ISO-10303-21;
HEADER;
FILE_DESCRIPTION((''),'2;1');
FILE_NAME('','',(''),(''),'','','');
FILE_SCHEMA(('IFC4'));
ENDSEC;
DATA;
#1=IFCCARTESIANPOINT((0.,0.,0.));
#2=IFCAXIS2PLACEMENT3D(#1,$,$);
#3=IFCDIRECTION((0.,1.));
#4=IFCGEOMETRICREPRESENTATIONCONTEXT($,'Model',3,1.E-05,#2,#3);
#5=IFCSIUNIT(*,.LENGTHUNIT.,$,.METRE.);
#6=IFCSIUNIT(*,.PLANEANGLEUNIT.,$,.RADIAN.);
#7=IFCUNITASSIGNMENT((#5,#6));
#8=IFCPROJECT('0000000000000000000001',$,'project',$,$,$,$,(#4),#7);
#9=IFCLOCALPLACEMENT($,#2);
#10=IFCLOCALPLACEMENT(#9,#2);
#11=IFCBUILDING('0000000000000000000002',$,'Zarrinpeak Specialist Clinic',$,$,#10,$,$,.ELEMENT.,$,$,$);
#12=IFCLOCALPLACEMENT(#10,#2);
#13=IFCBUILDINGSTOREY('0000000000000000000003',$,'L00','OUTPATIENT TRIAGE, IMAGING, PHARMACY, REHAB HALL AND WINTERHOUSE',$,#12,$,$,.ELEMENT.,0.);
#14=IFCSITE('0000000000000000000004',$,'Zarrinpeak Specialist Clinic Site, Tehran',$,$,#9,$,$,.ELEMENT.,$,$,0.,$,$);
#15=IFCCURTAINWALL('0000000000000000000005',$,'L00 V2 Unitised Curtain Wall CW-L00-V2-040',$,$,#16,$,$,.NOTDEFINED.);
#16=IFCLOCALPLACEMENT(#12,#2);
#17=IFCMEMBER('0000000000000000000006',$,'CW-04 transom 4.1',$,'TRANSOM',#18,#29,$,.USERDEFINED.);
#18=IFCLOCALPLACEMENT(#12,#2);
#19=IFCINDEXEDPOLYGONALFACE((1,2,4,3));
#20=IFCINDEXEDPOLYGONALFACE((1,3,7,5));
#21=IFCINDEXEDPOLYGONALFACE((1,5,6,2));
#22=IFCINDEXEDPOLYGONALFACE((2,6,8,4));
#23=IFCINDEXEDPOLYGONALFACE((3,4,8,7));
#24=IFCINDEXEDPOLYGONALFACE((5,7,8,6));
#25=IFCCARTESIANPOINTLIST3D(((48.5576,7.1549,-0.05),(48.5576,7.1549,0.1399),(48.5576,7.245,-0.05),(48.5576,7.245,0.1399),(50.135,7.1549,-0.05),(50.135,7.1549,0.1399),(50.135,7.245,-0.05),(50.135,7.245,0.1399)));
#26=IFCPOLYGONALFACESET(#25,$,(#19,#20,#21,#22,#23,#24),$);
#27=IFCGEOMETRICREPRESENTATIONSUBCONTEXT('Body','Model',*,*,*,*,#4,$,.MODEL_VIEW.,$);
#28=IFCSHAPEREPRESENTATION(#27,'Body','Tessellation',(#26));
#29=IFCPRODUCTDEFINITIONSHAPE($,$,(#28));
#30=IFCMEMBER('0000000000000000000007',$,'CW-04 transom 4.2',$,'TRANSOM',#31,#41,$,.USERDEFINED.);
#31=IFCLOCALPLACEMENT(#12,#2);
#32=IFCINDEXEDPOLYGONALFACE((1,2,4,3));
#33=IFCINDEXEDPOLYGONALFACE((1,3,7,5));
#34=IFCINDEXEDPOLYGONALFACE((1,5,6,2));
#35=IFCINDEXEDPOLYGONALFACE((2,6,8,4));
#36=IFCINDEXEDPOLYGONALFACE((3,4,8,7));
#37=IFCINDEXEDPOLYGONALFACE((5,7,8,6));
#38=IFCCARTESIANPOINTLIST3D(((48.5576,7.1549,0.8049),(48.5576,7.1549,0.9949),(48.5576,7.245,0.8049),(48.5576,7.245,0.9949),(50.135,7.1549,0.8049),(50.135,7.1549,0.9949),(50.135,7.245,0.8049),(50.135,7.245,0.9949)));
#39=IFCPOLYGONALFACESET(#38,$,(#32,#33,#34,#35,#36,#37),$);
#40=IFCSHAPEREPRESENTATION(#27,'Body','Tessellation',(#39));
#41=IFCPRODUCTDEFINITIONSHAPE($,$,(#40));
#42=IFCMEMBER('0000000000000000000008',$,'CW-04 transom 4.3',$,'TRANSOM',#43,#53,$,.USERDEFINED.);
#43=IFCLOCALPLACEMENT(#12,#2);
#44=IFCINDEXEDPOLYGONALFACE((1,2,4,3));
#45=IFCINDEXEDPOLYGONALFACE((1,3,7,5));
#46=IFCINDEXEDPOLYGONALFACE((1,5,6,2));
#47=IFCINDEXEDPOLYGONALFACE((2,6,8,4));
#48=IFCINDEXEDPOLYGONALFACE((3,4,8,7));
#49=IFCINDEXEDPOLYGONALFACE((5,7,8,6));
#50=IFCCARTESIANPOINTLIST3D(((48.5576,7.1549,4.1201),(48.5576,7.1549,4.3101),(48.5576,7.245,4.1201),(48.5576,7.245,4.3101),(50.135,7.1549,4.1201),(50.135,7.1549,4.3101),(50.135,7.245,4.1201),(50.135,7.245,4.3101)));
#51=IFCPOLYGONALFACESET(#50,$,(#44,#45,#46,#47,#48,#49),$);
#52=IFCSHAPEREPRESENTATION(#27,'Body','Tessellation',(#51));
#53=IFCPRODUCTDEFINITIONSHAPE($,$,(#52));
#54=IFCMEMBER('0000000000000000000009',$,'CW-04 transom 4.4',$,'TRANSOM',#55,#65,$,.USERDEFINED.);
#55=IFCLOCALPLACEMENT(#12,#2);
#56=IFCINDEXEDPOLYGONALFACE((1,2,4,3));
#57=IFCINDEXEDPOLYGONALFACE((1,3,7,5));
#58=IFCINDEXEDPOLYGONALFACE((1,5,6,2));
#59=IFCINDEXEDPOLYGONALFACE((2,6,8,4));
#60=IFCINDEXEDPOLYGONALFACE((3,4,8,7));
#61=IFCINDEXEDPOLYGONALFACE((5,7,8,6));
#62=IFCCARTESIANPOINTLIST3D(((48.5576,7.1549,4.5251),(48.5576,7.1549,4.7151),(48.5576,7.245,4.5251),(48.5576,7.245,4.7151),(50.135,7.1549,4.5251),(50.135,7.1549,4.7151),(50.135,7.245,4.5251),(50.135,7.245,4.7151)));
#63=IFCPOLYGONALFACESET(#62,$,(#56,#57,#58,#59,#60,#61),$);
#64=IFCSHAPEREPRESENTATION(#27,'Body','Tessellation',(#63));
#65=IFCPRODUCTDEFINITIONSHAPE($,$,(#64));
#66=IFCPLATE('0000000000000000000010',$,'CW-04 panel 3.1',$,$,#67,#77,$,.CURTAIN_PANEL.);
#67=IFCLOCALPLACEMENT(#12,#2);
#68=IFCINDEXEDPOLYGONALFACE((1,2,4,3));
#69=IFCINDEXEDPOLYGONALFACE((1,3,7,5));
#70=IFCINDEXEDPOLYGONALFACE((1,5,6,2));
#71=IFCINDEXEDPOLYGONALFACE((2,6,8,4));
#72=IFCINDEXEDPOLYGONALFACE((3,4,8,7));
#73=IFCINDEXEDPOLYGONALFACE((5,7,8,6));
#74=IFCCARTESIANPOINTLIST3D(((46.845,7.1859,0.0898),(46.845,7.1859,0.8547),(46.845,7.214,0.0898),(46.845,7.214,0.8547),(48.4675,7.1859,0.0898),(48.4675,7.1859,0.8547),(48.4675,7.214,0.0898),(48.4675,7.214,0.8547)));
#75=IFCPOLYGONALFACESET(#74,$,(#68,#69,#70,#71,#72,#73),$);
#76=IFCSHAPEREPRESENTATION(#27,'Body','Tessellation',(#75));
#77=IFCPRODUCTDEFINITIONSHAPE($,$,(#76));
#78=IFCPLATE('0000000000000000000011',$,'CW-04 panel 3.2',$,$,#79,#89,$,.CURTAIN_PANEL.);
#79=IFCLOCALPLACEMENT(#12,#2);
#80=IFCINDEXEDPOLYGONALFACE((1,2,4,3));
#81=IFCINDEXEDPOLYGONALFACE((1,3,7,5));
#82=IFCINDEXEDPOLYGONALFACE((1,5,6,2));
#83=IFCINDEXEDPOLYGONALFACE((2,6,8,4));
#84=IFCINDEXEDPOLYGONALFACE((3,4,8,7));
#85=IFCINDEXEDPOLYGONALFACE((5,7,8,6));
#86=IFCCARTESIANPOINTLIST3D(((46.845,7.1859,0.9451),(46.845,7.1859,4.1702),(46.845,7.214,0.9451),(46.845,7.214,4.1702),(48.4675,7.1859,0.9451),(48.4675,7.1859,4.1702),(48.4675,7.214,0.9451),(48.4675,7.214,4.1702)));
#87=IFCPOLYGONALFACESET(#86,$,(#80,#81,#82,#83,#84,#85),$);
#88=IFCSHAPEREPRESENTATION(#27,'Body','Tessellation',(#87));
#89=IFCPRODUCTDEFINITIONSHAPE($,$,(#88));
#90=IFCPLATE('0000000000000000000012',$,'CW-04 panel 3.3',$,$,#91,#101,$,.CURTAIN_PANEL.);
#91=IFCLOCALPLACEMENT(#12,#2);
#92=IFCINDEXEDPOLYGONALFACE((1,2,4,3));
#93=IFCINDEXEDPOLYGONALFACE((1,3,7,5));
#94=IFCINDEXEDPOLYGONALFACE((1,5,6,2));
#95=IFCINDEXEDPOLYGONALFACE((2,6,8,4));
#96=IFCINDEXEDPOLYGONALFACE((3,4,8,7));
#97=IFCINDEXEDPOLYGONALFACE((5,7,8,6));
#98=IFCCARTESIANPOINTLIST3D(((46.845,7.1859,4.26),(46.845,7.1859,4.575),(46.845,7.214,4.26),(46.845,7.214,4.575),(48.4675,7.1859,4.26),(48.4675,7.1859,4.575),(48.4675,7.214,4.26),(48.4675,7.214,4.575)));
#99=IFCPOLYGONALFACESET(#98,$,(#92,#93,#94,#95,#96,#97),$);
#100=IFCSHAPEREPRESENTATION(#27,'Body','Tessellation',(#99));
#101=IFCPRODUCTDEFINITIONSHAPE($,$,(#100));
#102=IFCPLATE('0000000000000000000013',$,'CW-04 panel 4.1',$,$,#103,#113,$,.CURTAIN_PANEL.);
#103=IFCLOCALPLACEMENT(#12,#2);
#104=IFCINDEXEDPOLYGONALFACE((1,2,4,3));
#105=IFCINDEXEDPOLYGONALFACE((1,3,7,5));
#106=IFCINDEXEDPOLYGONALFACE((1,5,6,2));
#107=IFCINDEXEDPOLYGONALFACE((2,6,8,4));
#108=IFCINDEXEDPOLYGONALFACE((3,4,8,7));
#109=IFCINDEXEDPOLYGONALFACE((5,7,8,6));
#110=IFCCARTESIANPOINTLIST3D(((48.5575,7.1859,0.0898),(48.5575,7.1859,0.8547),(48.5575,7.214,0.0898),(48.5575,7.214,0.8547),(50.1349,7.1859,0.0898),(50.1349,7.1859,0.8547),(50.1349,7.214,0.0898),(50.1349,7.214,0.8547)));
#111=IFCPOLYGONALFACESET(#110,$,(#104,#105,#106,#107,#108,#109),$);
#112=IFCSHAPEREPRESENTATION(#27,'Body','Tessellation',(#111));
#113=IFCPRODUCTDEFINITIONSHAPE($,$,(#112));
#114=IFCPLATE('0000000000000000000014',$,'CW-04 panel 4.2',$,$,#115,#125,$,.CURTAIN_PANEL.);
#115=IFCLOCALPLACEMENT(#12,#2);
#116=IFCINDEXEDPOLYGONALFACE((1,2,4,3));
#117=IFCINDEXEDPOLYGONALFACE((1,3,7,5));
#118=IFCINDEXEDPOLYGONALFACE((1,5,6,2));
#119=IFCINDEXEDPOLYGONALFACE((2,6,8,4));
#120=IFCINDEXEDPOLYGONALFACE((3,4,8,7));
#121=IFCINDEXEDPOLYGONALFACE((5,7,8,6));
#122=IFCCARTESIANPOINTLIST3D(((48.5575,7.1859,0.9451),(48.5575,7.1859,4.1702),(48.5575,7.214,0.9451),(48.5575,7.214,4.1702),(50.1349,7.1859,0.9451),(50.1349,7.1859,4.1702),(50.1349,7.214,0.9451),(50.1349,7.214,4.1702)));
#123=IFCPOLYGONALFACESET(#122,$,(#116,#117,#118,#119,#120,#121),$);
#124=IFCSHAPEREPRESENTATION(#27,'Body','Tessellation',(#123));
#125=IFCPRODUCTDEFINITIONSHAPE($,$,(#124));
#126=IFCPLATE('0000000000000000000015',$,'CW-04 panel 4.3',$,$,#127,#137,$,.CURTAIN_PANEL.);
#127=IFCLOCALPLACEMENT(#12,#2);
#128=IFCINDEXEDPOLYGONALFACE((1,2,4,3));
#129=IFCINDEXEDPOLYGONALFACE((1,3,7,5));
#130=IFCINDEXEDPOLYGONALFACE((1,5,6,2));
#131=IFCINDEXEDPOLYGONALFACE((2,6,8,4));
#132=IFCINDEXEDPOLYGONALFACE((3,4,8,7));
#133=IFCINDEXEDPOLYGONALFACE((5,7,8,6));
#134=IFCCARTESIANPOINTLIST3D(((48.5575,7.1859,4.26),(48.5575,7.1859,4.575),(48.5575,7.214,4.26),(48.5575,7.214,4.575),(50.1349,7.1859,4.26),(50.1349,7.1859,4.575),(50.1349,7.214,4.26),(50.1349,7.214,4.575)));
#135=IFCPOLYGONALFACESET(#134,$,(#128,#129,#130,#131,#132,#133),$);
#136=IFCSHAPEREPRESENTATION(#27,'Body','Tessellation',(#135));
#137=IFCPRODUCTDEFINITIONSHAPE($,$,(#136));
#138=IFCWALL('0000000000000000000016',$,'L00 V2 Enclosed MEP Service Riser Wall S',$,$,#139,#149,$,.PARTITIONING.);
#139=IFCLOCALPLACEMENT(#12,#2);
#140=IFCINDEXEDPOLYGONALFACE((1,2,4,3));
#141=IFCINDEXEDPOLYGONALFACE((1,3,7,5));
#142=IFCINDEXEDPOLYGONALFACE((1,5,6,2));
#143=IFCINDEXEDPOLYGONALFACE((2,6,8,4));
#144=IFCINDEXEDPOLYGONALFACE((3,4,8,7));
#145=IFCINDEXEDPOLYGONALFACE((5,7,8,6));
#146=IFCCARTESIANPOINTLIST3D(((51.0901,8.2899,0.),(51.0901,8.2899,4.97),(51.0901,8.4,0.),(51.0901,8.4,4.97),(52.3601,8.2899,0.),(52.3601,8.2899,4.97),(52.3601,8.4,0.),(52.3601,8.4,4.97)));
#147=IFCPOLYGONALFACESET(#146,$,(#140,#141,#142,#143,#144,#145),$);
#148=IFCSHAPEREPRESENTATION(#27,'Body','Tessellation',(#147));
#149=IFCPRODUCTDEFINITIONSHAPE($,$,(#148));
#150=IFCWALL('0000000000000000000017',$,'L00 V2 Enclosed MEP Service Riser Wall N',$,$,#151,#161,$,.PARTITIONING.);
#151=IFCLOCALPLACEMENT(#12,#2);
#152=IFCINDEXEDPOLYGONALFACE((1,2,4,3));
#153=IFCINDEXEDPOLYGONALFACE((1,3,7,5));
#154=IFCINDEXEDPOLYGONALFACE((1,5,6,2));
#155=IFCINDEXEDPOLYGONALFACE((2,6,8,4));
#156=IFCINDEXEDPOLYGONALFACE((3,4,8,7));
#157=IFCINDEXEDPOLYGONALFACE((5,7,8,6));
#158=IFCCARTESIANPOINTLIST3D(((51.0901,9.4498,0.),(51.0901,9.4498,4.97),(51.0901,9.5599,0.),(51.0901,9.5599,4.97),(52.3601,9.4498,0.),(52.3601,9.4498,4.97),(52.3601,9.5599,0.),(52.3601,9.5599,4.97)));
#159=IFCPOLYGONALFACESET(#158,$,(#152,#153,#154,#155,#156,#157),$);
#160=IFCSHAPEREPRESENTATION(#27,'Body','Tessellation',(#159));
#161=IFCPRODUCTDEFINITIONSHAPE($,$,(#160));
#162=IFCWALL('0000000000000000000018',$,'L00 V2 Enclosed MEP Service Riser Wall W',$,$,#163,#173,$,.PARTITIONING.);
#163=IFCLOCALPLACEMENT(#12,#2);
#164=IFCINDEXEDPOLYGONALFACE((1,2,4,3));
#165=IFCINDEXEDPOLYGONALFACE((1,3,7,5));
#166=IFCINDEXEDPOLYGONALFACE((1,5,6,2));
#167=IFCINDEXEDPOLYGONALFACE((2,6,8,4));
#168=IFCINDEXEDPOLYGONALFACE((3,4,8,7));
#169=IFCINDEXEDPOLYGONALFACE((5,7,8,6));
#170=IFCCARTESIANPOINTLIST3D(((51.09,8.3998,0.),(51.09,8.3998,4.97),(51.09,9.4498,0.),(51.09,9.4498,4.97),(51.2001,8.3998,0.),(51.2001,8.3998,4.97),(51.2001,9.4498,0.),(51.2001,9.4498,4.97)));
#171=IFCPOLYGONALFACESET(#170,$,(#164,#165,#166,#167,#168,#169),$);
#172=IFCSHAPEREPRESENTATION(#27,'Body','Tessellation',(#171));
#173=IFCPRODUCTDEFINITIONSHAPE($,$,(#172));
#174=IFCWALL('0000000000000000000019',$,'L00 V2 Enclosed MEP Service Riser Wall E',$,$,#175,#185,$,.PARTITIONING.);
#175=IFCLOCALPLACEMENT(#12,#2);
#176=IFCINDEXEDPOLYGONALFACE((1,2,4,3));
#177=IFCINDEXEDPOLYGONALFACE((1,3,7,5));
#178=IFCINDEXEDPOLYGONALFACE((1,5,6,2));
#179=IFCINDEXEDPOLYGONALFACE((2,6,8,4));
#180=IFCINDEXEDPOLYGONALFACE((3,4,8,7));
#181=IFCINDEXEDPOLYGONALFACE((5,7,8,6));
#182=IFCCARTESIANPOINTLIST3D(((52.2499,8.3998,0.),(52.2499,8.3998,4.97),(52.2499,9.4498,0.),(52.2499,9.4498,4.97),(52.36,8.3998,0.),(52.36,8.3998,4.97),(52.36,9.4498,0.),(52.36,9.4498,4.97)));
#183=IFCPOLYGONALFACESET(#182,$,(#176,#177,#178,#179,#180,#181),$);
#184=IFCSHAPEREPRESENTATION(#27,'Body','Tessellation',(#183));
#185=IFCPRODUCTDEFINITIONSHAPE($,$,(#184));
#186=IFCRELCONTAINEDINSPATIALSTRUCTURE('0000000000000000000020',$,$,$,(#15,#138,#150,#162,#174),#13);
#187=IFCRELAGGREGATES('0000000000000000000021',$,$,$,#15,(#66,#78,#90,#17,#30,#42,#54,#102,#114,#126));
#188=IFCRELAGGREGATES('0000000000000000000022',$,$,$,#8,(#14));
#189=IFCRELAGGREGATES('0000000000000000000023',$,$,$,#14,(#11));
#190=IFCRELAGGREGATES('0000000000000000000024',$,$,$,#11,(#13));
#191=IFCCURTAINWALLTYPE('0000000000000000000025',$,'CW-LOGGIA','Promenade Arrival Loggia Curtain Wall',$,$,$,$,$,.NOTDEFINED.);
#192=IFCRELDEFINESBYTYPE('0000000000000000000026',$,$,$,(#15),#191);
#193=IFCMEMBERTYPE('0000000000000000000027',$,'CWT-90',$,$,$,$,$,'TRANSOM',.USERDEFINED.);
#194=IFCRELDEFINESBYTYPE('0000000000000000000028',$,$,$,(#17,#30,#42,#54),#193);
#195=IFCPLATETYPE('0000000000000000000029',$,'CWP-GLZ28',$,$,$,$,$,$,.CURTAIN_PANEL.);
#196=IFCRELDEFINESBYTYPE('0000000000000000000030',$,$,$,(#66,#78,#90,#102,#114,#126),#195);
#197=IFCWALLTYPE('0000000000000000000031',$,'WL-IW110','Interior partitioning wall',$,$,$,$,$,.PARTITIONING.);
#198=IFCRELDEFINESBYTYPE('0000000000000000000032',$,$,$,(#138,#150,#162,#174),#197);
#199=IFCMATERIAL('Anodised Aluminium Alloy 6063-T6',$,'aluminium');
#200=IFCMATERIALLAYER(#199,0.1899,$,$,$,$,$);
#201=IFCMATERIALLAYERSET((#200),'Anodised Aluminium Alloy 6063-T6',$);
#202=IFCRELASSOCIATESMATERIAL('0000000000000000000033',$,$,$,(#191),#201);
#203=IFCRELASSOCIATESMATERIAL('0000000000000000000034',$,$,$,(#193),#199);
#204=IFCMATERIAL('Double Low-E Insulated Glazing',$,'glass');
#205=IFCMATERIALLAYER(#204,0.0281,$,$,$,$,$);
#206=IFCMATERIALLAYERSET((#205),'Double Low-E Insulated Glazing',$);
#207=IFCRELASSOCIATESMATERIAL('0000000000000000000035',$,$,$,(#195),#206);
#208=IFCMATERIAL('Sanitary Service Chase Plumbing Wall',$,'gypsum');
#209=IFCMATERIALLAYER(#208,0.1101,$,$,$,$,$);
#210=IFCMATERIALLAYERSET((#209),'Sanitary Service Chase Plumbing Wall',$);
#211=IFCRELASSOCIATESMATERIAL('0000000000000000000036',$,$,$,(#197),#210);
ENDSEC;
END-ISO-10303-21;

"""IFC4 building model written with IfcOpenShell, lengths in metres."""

from ifc_helpers import new_model, si_unit, direction, frame, frame_2d, origin, origin_2d, place, context, subcontext, project, spatial, rectangle, extrude, material, layer, layer_set, material_profile, profile_set, type_object, element, aggregate, save


model = new_model("IFC4")

# Units and contexts
model_context = context("Model", 3, precision=1e-05, world=origin(), true_north=direction((0.0, 1.0)))
body_context = subcontext(model_context, "Body", "Model", "MODEL_VIEW")
ifc_project = project(units=[si_unit("LENGTHUNIT", "METRE"), si_unit("PLANEANGLEUNIT", "RADIAN")], contexts=[model_context])

# Site, building, storey
site_placement = place(None, origin())
site = spatial("IfcSite", under=ifc_project, at=site_placement, Name="Zarrinpeak Specialist Clinic Site, Tehran", CompositionType="ELEMENT", RefElevation=0.0)
building_placement = place(site_placement, origin())
building = spatial("IfcBuilding", under=site, at=building_placement, Name="Zarrinpeak Specialist Clinic", CompositionType="ELEMENT")
storey_placement = place(building_placement, origin())
storey = spatial("IfcBuildingStorey", under=building, at=storey_placement, Name="L00", Description="OUTPATIENT TRIAGE, IMAGING, PHARMACY, REHAB HALL AND WINTERHOUSE", CompositionType="ELEMENT", Elevation=0.0)

# Curtain wall, members, plates
ifc_material_1 = material(Name="Anodised Aluminium Alloy 6063-T6", Category="aluminium")
ifc_layer_1 = layer(ifc_material_1, 0.1899)
ifc_layer_set_1 = layer_set([ifc_layer_1], Name="Anodised Aluminium Alloy 6063-T6")
curtain_wall_type = type_object("IfcCurtainWallType", Name="CW-LOGGIA", Description="Promenade Arrival Loggia Curtain Wall", PredefinedType="NOTDEFINED", material=ifc_layer_set_1)
curtain_wall_placement = place(storey_placement, origin())
curtain_wall = element("IfcCurtainWall", 1, at=curtain_wall_placement, inside=storey, type_object=curtain_wall_type, Name="L00 V2 Unitised Curtain Wall CW-L00-V2-040", PredefinedType="NOTDEFINED")
ifc_material_profile_1 = material_profile(ifc_material_1, rectangle(XDim=0.0901, YDim=0.1899, at=origin_2d()), Name="ALU 90x190")
ifc_profile_set_1 = profile_set([ifc_material_profile_1], Name="Anodised Aluminium Alloy 6063-T6")
member_type_1 = type_object("IfcMemberType", Name="CWT-90", ElementType="TRANSOM", PredefinedType="USERDEFINED", material=ifc_profile_set_1)
member_1_placement = place(storey_placement, frame((48.5576, 7.2, 0.0449), z_axis=(1.0, 0.0, 0.0), x_axis=(0.0, 1.0, 0.0)))
member_1 = element("IfcMember", 2, at=member_1_placement, type_object=member_type_1, Name="CW-04 transom 4.1", ObjectType="TRANSOM", PredefinedType="USERDEFINED", context=body_context, shape_type="SweptSolid", body=[
    extrude(rectangle(XDim=0.0901, YDim=0.1899, at=origin_2d()), origin(), (0.0, 0.0, 1.0), 1.5774),
])
member_2_placement = place(storey_placement, frame((48.5576, 7.2, 0.8999), z_axis=(1.0, 0.0, 0.0), x_axis=(0.0, 1.0, 0.0)))
member_2 = element("IfcMember", 3, at=member_2_placement, type_object=member_type_1, Name="CW-04 transom 4.2", ObjectType="TRANSOM", PredefinedType="USERDEFINED", context=body_context, shape_type="SweptSolid", body=[
    extrude(rectangle(XDim=0.0901, YDim=0.1899, at=origin_2d()), origin(), (0.0, 0.0, 1.0), 1.5774),
])
member_3_placement = place(storey_placement, frame((48.5576, 7.2, 4.2151), z_axis=(1.0, 0.0, 0.0), x_axis=(0.0, 1.0, 0.0)))
member_3 = element("IfcMember", 4, at=member_3_placement, type_object=member_type_1, Name="CW-04 transom 4.3", ObjectType="TRANSOM", PredefinedType="USERDEFINED", context=body_context, shape_type="SweptSolid", body=[
    extrude(rectangle(XDim=0.0901, YDim=0.1899, at=origin_2d()), origin(), (0.0, 0.0, 1.0), 1.5774),
])
member_4_placement = place(storey_placement, frame((48.5576, 7.2, 4.6201), z_axis=(1.0, 0.0, 0.0), x_axis=(0.0, 1.0, 0.0)))
member_4 = element("IfcMember", 5, at=member_4_placement, type_object=member_type_1, Name="CW-04 transom 4.4", ObjectType="TRANSOM", PredefinedType="USERDEFINED", context=body_context, shape_type="SweptSolid", body=[
    extrude(rectangle(XDim=0.0901, YDim=0.1899, at=origin_2d()), origin(), (0.0, 0.0, 1.0), 1.5774),
])
ifc_material_2 = material(Name="Double Low-E Insulated Glazing", Category="glass")
ifc_layer_2 = layer(ifc_material_2, 0.0281)
ifc_layer_set_2 = layer_set([ifc_layer_2], Name="Double Low-E Insulated Glazing")
plate_type = type_object("IfcPlateType", Name="CWP-GLZ28", PredefinedType="CURTAIN_PANEL", material=ifc_layer_set_2)
plate_1_placement = place(storey_placement, frame((47.6562, 7.2, 0.0898), z_axis=(0.0, 0.0, 1.0), x_axis=(1.0, 0.0, 0.0)))
plate_1 = element("IfcPlate", 6, at=plate_1_placement, type_object=plate_type, Name="CW-04 panel 3.1", PredefinedType="CURTAIN_PANEL", context=body_context, shape_type="SweptSolid", body=[
    extrude(rectangle(XDim=1.6226, YDim=0.0281, at=origin_2d()), origin(), (0.0, 0.0, 1.0), 0.7649),
])
plate_2_placement = place(storey_placement, frame((47.6562, 7.2, 0.9451), z_axis=(0.0, 0.0, 1.0), x_axis=(1.0, 0.0, 0.0)))
plate_2 = element("IfcPlate", 7, at=plate_2_placement, type_object=plate_type, Name="CW-04 panel 3.2", PredefinedType="CURTAIN_PANEL", context=body_context, shape_type="SweptSolid", body=[
    extrude(rectangle(XDim=1.6226, YDim=0.0281, at=origin_2d()), origin(), (0.0, 0.0, 1.0), 3.2251),
])
plate_3_placement = place(storey_placement, frame((47.6562, 7.2, 4.26), z_axis=(0.0, 0.0, 1.0), x_axis=(1.0, 0.0, 0.0)))
plate_3 = element("IfcPlate", 8, at=plate_3_placement, type_object=plate_type, Name="CW-04 panel 3.3", PredefinedType="CURTAIN_PANEL", context=body_context, shape_type="SweptSolid", body=[
    extrude(rectangle(XDim=1.6226, YDim=0.0281, at=origin_2d()), origin(), (0.0, 0.0, 1.0), 0.3149),
])
plate_4_placement = place(storey_placement, frame((49.3462, 7.2, 0.0898), z_axis=(0.0, 0.0, 1.0), x_axis=(1.0, 0.0, 0.0)))
plate_4 = element("IfcPlate", 9, at=plate_4_placement, type_object=plate_type, Name="CW-04 panel 4.1", PredefinedType="CURTAIN_PANEL", context=body_context, shape_type="SweptSolid", body=[
    extrude(rectangle(XDim=1.5774, YDim=0.0281, at=origin_2d()), origin(), (0.0, 0.0, 1.0), 0.7649),
])
plate_5_placement = place(storey_placement, frame((49.3462, 7.2, 0.9451), z_axis=(0.0, 0.0, 1.0), x_axis=(1.0, 0.0, 0.0)))
plate_5 = element("IfcPlate", 10, at=plate_5_placement, type_object=plate_type, Name="CW-04 panel 4.2", PredefinedType="CURTAIN_PANEL", context=body_context, shape_type="SweptSolid", body=[
    extrude(rectangle(XDim=1.5774, YDim=0.0281, at=origin_2d()), origin(), (0.0, 0.0, 1.0), 3.2251),
])
plate_6_placement = place(storey_placement, frame((49.3462, 7.2, 4.26), z_axis=(0.0, 0.0, 1.0), x_axis=(1.0, 0.0, 0.0)))
plate_6 = element("IfcPlate", 11, at=plate_6_placement, type_object=plate_type, Name="CW-04 panel 4.3", PredefinedType="CURTAIN_PANEL", context=body_context, shape_type="SweptSolid", body=[
    extrude(rectangle(XDim=1.5774, YDim=0.0281, at=origin_2d()), origin(), (0.0, 0.0, 1.0), 0.3149),
])
aggregate(curtain_wall, [plate_1, plate_2, plate_3, member_1, member_2, member_3, member_4, plate_4, plate_5, plate_6])

# Walls
ifc_material_3 = material(Name="Sanitary Service Chase Plumbing Wall", Category="gypsum")
ifc_layer_3 = layer(ifc_material_3, 0.1101)
ifc_layer_set_3 = layer_set([ifc_layer_3], Name="Sanitary Service Chase Plumbing Wall")
wall_type_1 = type_object("IfcWallType", Name="WL-IW110", Description="Interior partitioning wall", PredefinedType="PARTITIONING", material=ifc_layer_set_3)
for number, where, z_axis, x_axis, name in (
    (12, (51.0901, 8.345, 0.0), (0.0, 0.0, 1.0), (1.0, 0.0, 0.0), "L00 V2 Enclosed MEP Service Riser Wall S"),
    (13, (51.0901, 9.5049, 0.0), (0.0, 0.0, 1.0), (1.0, 0.0, 0.0), "L00 V2 Enclosed MEP Service Riser Wall N"),
):
    element("IfcWall", number, at=place(storey_placement, frame(where, z_axis=z_axis, x_axis=x_axis)), inside=storey, type_object=wall_type_1, Name=name, PredefinedType="PARTITIONING", context=body_context, shape_type="SweptSolid", body=[
        extrude(rectangle(XDim=1.27, YDim=0.1101, at=frame_2d((0.635, 0.0))), origin(), (0.0, 0.0, 1.0), 4.97),
    ])
for number, where, z_axis, x_axis, name in (
    (14, (51.145, 8.3999, 0.0), (0.0, 0.0, 1.0), (0.0, 1.0, 0.0), "L00 V2 Enclosed MEP Service Riser Wall W"),
    (15, (52.3049, 8.3999, 0.0), (0.0, 0.0, 1.0), (0.0, 1.0, 0.0), "L00 V2 Enclosed MEP Service Riser Wall E"),
):
    element("IfcWall", number, at=place(storey_placement, frame(where, z_axis=z_axis, x_axis=x_axis)), inside=storey, type_object=wall_type_1, Name=name, PredefinedType="PARTITIONING", context=body_context, shape_type="SweptSolid", body=[
        extrude(rectangle(XDim=1.05, YDim=0.1101, at=frame_2d((0.5249, 0.0))), origin(), (0.0, 0.0, 1.0), 4.97),
    ])

save(model, "model.ifc")
